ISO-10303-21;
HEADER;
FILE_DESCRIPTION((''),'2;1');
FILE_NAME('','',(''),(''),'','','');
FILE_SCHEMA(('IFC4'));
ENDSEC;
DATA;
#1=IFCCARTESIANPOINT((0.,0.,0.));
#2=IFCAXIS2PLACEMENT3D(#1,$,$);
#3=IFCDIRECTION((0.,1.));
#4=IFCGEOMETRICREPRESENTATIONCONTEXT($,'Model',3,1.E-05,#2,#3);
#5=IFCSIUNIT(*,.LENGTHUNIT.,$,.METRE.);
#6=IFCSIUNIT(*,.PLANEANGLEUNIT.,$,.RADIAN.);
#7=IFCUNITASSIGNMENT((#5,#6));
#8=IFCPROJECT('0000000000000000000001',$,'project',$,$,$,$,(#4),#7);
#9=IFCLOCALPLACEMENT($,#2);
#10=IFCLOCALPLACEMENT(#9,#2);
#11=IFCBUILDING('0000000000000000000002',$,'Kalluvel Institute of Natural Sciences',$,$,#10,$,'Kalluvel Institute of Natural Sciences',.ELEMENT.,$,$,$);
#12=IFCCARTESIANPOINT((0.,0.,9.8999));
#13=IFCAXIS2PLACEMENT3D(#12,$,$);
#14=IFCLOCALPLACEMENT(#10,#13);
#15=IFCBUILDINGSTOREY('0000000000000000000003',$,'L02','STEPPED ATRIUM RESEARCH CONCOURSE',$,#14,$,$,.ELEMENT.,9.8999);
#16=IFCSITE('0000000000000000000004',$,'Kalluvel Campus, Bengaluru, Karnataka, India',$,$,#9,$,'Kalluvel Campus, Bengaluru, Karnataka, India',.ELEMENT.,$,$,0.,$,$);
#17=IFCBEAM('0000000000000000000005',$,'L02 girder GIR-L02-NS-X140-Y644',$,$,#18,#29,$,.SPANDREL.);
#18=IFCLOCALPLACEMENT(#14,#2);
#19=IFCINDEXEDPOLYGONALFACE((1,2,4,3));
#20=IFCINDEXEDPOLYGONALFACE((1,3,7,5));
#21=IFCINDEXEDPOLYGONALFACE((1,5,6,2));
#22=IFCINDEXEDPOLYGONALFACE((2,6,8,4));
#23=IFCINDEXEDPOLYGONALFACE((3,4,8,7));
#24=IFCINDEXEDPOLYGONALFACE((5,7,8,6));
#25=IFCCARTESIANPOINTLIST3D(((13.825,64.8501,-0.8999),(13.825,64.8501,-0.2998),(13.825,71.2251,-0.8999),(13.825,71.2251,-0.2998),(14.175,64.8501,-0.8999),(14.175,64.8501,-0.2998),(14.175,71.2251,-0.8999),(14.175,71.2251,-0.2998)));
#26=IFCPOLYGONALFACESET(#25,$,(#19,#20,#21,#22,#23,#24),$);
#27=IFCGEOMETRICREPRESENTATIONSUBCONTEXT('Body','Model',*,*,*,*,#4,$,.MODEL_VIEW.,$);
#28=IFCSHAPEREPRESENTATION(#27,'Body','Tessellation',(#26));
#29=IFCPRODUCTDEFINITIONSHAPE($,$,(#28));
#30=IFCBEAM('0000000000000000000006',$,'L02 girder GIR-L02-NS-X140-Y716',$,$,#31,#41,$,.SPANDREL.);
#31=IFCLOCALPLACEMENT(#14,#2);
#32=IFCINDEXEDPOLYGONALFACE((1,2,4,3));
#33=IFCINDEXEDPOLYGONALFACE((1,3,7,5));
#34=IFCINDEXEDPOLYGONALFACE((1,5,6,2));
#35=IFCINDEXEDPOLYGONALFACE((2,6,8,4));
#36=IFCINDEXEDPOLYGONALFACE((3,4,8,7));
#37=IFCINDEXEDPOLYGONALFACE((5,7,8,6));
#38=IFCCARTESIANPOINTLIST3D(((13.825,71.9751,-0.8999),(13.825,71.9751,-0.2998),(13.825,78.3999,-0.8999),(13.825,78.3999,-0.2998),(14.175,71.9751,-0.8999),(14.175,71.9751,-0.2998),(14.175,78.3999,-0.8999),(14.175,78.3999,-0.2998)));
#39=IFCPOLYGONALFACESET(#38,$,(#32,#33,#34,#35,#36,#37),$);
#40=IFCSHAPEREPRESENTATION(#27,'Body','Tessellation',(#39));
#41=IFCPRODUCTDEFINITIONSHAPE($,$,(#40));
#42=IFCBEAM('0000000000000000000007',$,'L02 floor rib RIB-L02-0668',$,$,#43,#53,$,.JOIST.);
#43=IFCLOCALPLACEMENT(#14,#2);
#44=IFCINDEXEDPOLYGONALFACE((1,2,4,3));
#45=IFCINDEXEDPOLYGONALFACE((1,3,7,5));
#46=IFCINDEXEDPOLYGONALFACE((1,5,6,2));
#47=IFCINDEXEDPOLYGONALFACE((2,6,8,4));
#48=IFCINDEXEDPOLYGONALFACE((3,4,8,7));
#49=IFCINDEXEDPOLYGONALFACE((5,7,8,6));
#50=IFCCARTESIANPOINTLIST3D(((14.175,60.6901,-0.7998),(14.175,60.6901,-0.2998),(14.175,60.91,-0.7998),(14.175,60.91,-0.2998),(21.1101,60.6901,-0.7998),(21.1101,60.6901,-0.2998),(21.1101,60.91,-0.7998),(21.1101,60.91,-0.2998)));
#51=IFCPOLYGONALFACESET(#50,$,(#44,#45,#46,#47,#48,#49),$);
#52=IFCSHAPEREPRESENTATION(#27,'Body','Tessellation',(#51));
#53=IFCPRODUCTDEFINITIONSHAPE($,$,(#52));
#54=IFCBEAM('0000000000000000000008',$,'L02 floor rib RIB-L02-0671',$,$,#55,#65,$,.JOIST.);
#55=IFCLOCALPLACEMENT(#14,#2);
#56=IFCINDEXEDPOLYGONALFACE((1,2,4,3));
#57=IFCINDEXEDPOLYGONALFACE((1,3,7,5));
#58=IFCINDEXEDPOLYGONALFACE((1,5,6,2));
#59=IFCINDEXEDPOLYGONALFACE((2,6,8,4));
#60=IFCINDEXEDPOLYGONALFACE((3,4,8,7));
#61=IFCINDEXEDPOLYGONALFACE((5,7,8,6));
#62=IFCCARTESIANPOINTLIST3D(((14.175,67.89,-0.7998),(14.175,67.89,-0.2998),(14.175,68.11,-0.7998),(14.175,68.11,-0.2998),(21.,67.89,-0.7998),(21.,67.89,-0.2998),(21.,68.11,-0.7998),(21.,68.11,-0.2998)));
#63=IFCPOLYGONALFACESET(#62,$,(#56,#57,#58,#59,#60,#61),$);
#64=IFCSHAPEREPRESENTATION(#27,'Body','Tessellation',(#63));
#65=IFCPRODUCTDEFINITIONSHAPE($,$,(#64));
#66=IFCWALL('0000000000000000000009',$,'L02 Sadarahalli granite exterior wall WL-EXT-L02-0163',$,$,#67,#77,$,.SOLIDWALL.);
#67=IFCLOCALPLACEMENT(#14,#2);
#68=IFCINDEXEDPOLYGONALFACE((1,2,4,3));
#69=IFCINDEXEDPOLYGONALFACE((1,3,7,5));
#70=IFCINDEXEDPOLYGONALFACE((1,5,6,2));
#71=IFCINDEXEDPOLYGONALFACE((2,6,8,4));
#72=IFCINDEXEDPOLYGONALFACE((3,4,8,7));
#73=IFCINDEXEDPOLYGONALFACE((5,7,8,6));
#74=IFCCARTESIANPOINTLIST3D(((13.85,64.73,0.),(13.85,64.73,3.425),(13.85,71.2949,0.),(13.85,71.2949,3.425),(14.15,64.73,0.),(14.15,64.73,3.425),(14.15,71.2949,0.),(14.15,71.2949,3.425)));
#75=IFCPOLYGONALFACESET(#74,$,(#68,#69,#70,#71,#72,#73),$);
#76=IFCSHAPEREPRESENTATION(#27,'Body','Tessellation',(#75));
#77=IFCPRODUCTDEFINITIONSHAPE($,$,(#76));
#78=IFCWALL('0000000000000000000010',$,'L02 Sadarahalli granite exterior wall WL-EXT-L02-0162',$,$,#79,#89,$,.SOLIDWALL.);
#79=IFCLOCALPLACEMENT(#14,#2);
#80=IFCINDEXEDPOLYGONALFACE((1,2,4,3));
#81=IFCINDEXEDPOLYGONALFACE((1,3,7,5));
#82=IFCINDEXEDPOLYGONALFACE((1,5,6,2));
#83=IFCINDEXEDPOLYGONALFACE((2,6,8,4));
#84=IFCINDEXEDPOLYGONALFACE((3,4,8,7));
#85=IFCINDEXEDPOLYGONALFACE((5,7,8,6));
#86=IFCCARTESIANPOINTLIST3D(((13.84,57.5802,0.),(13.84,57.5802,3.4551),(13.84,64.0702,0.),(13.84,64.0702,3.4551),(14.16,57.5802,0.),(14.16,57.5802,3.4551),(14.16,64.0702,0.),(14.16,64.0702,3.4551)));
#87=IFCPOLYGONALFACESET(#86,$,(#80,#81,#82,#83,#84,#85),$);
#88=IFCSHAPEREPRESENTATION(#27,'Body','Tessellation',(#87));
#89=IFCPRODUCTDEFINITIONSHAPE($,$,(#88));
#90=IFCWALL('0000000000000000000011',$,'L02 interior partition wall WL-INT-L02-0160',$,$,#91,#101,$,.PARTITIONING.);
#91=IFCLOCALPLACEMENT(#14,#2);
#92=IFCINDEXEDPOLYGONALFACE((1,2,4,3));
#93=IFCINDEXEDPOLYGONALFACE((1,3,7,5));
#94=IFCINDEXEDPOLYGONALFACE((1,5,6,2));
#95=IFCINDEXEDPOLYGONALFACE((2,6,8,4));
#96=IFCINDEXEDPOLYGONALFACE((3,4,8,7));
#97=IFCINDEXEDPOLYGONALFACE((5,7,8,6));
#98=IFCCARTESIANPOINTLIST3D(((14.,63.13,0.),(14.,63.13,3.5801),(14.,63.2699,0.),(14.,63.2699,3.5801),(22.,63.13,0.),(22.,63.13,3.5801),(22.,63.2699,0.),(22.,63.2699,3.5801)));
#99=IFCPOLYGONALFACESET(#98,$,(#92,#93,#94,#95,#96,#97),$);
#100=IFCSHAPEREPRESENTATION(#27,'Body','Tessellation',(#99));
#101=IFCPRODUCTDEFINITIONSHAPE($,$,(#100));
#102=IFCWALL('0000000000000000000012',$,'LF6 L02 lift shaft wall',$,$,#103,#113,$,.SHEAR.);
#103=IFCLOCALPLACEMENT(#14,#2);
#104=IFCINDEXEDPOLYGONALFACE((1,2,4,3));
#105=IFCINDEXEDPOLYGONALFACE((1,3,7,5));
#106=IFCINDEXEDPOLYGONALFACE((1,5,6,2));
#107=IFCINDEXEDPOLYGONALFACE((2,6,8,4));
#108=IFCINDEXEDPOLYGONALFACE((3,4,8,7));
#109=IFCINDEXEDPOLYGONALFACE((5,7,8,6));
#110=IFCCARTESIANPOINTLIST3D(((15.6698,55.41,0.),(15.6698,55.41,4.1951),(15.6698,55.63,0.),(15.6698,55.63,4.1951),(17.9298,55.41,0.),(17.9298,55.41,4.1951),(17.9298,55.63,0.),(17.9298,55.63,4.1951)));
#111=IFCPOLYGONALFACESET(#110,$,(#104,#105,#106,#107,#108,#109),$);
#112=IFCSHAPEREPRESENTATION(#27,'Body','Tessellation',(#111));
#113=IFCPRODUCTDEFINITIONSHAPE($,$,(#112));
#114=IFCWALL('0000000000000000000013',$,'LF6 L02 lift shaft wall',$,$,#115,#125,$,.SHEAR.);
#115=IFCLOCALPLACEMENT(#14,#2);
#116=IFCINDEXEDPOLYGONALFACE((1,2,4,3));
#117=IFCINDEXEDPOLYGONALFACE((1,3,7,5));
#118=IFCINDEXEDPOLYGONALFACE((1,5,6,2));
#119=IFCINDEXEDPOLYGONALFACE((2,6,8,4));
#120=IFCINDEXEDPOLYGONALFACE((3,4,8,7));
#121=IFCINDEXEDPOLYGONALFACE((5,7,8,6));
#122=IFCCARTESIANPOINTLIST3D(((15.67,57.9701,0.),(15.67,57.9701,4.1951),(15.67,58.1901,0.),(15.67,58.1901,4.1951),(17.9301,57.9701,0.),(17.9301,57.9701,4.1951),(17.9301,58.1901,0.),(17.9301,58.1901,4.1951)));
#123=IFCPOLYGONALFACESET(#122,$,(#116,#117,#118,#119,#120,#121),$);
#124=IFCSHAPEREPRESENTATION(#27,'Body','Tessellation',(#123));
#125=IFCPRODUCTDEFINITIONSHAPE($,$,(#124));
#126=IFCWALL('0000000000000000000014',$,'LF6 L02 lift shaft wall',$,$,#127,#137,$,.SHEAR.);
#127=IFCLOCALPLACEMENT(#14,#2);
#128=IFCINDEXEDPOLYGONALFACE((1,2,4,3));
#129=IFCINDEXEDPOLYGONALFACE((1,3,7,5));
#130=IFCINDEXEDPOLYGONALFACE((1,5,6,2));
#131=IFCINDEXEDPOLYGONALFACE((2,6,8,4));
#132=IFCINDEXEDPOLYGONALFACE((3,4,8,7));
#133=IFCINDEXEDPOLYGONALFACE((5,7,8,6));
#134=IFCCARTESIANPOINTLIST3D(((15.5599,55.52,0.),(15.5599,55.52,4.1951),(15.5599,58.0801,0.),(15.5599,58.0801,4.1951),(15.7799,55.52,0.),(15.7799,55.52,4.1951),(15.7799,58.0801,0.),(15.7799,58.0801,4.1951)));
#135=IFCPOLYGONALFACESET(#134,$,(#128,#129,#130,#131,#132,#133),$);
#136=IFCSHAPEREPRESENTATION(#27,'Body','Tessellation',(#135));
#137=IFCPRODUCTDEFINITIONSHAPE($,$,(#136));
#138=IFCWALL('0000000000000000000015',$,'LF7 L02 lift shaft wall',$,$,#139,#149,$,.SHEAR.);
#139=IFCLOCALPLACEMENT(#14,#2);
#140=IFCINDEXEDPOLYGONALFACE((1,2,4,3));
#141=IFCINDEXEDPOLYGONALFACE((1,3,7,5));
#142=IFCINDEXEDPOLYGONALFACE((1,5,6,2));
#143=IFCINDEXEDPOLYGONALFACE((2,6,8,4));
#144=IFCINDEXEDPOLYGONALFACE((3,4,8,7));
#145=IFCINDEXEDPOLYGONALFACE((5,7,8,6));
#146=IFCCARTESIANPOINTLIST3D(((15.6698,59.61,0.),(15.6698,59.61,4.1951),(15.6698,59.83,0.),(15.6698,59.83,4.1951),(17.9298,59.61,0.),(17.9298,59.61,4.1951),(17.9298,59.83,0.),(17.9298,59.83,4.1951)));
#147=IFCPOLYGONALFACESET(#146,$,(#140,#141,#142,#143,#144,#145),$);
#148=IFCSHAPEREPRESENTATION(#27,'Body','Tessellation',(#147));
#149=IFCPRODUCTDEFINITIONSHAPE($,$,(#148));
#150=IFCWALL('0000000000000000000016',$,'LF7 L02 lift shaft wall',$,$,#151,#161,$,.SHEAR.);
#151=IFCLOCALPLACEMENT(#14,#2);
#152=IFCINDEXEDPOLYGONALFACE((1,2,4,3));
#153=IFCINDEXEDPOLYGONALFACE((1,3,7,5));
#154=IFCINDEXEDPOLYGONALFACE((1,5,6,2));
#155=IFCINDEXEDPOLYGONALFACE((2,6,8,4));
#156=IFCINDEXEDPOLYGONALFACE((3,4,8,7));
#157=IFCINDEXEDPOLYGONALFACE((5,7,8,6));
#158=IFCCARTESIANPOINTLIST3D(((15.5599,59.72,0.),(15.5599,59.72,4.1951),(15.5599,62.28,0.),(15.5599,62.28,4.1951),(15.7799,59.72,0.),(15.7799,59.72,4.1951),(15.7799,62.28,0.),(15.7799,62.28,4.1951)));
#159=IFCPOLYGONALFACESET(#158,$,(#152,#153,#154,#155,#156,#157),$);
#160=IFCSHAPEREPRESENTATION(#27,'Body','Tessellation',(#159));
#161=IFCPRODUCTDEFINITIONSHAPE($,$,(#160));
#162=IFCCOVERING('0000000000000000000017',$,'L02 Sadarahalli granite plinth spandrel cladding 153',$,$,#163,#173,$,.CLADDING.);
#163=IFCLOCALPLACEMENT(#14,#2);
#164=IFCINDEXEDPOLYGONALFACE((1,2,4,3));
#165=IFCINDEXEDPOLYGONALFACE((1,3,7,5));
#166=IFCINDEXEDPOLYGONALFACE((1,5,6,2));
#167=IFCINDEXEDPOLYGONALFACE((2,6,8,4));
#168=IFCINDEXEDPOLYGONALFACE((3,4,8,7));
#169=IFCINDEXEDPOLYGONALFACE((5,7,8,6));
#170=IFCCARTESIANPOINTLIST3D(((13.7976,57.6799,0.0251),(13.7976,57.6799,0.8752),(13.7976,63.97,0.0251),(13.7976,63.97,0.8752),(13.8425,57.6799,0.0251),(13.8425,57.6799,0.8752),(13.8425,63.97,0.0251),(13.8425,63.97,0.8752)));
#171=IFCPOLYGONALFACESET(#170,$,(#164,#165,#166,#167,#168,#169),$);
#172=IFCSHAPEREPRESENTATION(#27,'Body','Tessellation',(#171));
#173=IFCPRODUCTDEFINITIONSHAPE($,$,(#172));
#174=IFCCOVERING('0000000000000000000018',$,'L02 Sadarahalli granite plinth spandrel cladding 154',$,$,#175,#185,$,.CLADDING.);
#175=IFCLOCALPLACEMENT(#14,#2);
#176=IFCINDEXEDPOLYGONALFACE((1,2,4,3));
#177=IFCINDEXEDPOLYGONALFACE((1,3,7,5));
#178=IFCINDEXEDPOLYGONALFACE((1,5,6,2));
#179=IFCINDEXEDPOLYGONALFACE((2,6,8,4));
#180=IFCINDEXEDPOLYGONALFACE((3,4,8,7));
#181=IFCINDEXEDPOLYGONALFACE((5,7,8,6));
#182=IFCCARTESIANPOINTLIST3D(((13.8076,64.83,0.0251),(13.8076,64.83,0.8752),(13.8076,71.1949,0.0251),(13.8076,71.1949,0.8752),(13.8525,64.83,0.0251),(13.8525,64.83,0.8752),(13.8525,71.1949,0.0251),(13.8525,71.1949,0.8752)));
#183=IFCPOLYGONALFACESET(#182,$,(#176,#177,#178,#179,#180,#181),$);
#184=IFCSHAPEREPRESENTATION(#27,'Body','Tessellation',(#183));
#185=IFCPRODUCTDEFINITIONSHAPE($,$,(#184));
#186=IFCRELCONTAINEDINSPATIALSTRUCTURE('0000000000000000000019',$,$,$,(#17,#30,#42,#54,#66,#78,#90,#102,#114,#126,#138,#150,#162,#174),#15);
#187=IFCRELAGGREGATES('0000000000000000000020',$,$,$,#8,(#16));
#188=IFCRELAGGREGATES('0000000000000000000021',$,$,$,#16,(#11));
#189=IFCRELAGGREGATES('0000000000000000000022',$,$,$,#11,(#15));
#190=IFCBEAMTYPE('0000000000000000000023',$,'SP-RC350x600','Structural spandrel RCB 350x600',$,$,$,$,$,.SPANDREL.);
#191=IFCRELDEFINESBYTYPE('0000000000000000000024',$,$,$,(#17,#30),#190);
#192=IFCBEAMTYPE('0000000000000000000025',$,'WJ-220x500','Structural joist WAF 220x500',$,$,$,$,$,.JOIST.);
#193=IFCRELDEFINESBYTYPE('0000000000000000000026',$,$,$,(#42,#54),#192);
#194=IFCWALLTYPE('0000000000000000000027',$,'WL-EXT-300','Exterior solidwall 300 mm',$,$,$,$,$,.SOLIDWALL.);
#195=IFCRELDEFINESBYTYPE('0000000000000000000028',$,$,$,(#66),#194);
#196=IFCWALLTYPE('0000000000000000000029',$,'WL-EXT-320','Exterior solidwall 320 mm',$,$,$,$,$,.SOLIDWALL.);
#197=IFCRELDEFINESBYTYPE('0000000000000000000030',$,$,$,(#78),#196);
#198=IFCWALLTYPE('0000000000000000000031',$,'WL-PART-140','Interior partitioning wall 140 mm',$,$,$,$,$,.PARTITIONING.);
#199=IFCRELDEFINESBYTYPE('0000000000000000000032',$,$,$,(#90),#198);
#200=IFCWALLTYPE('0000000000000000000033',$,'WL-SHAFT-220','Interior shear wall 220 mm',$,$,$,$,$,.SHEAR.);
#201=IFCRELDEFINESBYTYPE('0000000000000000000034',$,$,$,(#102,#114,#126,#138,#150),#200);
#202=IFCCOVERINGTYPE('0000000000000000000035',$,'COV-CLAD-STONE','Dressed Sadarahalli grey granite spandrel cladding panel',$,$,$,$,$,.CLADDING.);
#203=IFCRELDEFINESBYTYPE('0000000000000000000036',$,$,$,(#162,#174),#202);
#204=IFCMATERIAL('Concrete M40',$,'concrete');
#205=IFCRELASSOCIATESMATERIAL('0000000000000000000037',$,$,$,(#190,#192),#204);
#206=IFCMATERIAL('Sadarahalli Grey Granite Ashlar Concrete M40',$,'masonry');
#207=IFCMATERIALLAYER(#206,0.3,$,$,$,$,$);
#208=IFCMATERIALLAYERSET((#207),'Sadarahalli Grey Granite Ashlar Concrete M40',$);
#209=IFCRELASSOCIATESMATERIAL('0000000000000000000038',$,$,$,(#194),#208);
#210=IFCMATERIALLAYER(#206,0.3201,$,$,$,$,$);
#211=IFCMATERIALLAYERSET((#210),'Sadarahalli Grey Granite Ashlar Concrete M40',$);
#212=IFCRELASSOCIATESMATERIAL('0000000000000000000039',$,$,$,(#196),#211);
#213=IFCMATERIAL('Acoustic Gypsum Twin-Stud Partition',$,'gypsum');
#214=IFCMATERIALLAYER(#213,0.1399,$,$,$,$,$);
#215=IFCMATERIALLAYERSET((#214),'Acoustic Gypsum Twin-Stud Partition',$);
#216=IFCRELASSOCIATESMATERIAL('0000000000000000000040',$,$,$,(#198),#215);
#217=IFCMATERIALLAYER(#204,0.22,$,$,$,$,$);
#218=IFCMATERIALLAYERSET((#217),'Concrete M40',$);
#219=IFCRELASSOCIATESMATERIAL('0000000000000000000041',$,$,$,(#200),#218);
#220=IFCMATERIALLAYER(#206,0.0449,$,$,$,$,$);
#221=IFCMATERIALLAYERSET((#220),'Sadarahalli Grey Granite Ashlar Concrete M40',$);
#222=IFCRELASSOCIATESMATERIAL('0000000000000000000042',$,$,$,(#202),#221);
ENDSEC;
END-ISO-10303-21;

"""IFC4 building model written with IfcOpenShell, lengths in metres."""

from ifc_helpers import new_model, si_unit, direction, frame, frame_2d, origin, origin_2d, place, context, subcontext, project, spatial, rectangle, extrude, material, layer, layer_set, material_profile, profile_set, type_object, element, save


model = new_model("IFC4")

# Units and contexts
model_context = context("Model", 3, precision=1e-05, world=origin(), true_north=direction((0.0, 1.0)))
body_context = subcontext(model_context, "Body", "Model", "MODEL_VIEW")
ifc_project = project(units=[si_unit("LENGTHUNIT", "METRE"), si_unit("PLANEANGLEUNIT", "RADIAN")], contexts=[model_context])

# Site, building, storey
site_placement = place(None, origin())
site = spatial("IfcSite", under=ifc_project, at=site_placement, Name="Kalluvel Campus, Bengaluru, Karnataka, India", LongName="Kalluvel Campus, Bengaluru, Karnataka, India", CompositionType="ELEMENT", RefElevation=0.0)
building_placement = place(site_placement, origin())
building = spatial("IfcBuilding", under=site, at=building_placement, Name="Kalluvel Institute of Natural Sciences", LongName="Kalluvel Institute of Natural Sciences", CompositionType="ELEMENT")
storey_placement = place(building_placement, frame((0.0, 0.0, 9.8999)))
storey = spatial("IfcBuildingStorey", under=building, at=storey_placement, Name="L02", Description="STEPPED ATRIUM RESEARCH CONCOURSE", CompositionType="ELEMENT", Elevation=9.8999)

# Shared definitions
ifc_material_1 = material(Name="Concrete M40", Category="concrete")

# Beams
ifc_material_profile_1 = material_profile(ifc_material_1, rectangle(XDim=0.3501, YDim=0.6001, at=origin_2d()), Name="RCB 350x600")
ifc_profile_set_1 = profile_set([ifc_material_profile_1], Name="Concrete M40")
beam_type_1 = type_object("IfcBeamType", Name="SP-RC350x600", Description="Structural spandrel RCB 350x600", PredefinedType="SPANDREL", material=ifc_profile_set_1)
beam_1_placement = place(storey_placement, frame((14.0, 64.8501, -0.5999), z_axis=(0.0, 1.0, 0.0), x_axis=(-1.0, 0.0, 0.0)))
element("IfcBeam", 1, at=beam_1_placement, inside=storey, type_object=beam_type_1, Name="L02 girder GIR-L02-NS-X140-Y644", PredefinedType="SPANDREL", context=body_context, shape_type="SweptSolid", body=[
    extrude(rectangle(XDim=0.3501, YDim=0.6001, at=origin_2d()), origin(), (0.0, 0.0, 1.0), 6.375),
])
beam_2_placement = place(storey_placement, frame((14.0, 71.9751, -0.5999), z_axis=(0.0, 1.0, 0.0), x_axis=(-1.0, 0.0, 0.0)))
element("IfcBeam", 2, at=beam_2_placement, inside=storey, type_object=beam_type_1, Name="L02 girder GIR-L02-NS-X140-Y716", PredefinedType="SPANDREL", context=body_context, shape_type="SweptSolid", body=[
    extrude(rectangle(XDim=0.3501, YDim=0.6001, at=origin_2d()), origin(), (0.0, 0.0, 1.0), 6.4248),
])
ifc_material_profile_2 = material_profile(ifc_material_1, rectangle(XDim=0.22, YDim=0.5, at=origin_2d()), Name="WAF 220x500")
ifc_profile_set_2 = profile_set([ifc_material_profile_2], Name="Concrete M40")
beam_type_2 = type_object("IfcBeamType", Name="WJ-220x500", Description="Structural joist WAF 220x500", PredefinedType="JOIST", material=ifc_profile_set_2)
beam_3_placement = place(storey_placement, frame((14.175, 60.8, -0.5498), z_axis=(1.0, 0.0, 0.0), x_axis=(0.0, 1.0, 0.0)))
element("IfcBeam", 3, at=beam_3_placement, inside=storey, type_object=beam_type_2, Name="L02 floor rib RIB-L02-0668", PredefinedType="JOIST", context=body_context, shape_type="SweptSolid", body=[
    extrude(rectangle(XDim=0.22, YDim=0.5, at=origin_2d()), origin(), (0.0, 0.0, 1.0), 6.9351),
])
beam_4_placement = place(storey_placement, frame((14.175, 68.0, -0.5498), z_axis=(1.0, 0.0, 0.0), x_axis=(0.0, 1.0, 0.0)))
element("IfcBeam", 4, at=beam_4_placement, inside=storey, type_object=beam_type_2, Name="L02 floor rib RIB-L02-0671", PredefinedType="JOIST", context=body_context, shape_type="SweptSolid", body=[
    extrude(rectangle(XDim=0.22, YDim=0.5, at=origin_2d()), origin(), (0.0, 0.0, 1.0), 6.825),
])

# Walls
ifc_material_2 = material(Name="Sadarahalli Grey Granite Ashlar Concrete M40", Category="masonry")
ifc_layer_1 = layer(ifc_material_2, 0.3)
ifc_layer_set_1 = layer_set([ifc_layer_1], Name="Sadarahalli Grey Granite Ashlar Concrete M40")
wall_type_1 = type_object("IfcWallType", Name="WL-EXT-300", Description="Exterior solidwall 300 mm", PredefinedType="SOLIDWALL", material=ifc_layer_set_1)
wall_1_placement = place(storey_placement, frame((14.0, 64.73, 0.0), z_axis=(0.0, 0.0, 1.0), x_axis=(0.0, 1.0, 0.0)))
element("IfcWall", 5, at=wall_1_placement, inside=storey, type_object=wall_type_1, Name="L02 Sadarahalli granite exterior wall WL-EXT-L02-0163", PredefinedType="SOLIDWALL", context=body_context, shape_type="SweptSolid", body=[
    extrude(rectangle(XDim=6.5649, YDim=0.3, at=frame_2d((3.2825, 0.0))), origin(), (0.0, 0.0, 1.0), 3.425),
])
ifc_layer_2 = layer(ifc_material_2, 0.3201)
ifc_layer_set_2 = layer_set([ifc_layer_2], Name="Sadarahalli Grey Granite Ashlar Concrete M40")
wall_type_2 = type_object("IfcWallType", Name="WL-EXT-320", Description="Exterior solidwall 320 mm", PredefinedType="SOLIDWALL", material=ifc_layer_set_2)
wall_2_placement = place(storey_placement, frame((14.0, 57.5801, 0.0), z_axis=(0.0, 0.0, 1.0), x_axis=(0.0, 1.0, 0.0)))
element("IfcWall", 6, at=wall_2_placement, inside=storey, type_object=wall_type_2, Name="L02 Sadarahalli granite exterior wall WL-EXT-L02-0162", PredefinedType="SOLIDWALL", context=body_context, shape_type="SweptSolid", body=[
    extrude(rectangle(XDim=6.49, YDim=0.3201, at=frame_2d((3.2451, 0.0))), origin(), (0.0, 0.0, 1.0), 3.4551),
])
ifc_material_3 = material(Name="Acoustic Gypsum Twin-Stud Partition", Category="gypsum")
ifc_layer_3 = layer(ifc_material_3, 0.1399)
ifc_layer_set_3 = layer_set([ifc_layer_3], Name="Acoustic Gypsum Twin-Stud Partition")
wall_type_3 = type_object("IfcWallType", Name="WL-PART-140", Description="Interior partitioning wall 140 mm", PredefinedType="PARTITIONING", material=ifc_layer_set_3)
wall_3_placement = place(storey_placement, frame((14.0, 63.2, 0.0), z_axis=(0.0, 0.0, 1.0), x_axis=(1.0, 0.0, 0.0)))
element("IfcWall", 7, at=wall_3_placement, inside=storey, type_object=wall_type_3, Name="L02 interior partition wall WL-INT-L02-0160", PredefinedType="PARTITIONING", context=body_context, shape_type="SweptSolid", body=[
    extrude(rectangle(XDim=8.0, YDim=0.1399, at=frame_2d((4.0, 0.0))), origin(), (0.0, 0.0, 1.0), 3.5801),
])
ifc_layer_4 = layer(ifc_material_1, 0.22)
ifc_layer_set_4 = layer_set([ifc_layer_4], Name="Concrete M40")
wall_type_4 = type_object("IfcWallType", Name="WL-SHAFT-220", Description="Interior shear wall 220 mm", PredefinedType="SHEAR", material=ifc_layer_set_4)
wall_4_placement = place(storey_placement, frame((15.6699, 55.52, 0.0), z_axis=(0.0, 0.0, 1.0), x_axis=(1.0, 0.0, 0.0)))
element("IfcWall", 8, at=wall_4_placement, inside=storey, type_object=wall_type_4, Name="LF6 L02 lift shaft wall", PredefinedType="SHEAR", context=body_context, shape_type="SweptSolid", body=[
    extrude(rectangle(XDim=2.26, YDim=0.22, at=frame_2d((1.1299, 0.0))), origin(), (0.0, 0.0, 1.0), 4.1951),
])

# Walls
wall_5_placement = place(storey_placement, frame((17.9299, 58.0801, 0.0), z_axis=(0.0, 0.0, 1.0), x_axis=(-1.0, 0.0, 0.0)))
element("IfcWall", 9, at=wall_5_placement, inside=storey, type_object=wall_type_4, Name="LF6 L02 lift shaft wall", PredefinedType="SHEAR", context=body_context, shape_type="SweptSolid", body=[
    extrude(rectangle(XDim=2.26, YDim=0.22, at=frame_2d((1.1299, 0.0))), origin(), (0.0, 0.0, 1.0), 4.1951),
])
wall_6_placement = place(storey_placement, frame((15.6699, 58.0801, 0.0), z_axis=(0.0, 0.0, 1.0), x_axis=(0.0, -1.0, 0.0)))
element("IfcWall", 10, at=wall_6_placement, inside=storey, type_object=wall_type_4, Name="LF6 L02 lift shaft wall", PredefinedType="SHEAR", context=body_context, shape_type="SweptSolid", body=[
    extrude(rectangle(XDim=2.5601, YDim=0.22, at=frame_2d((1.28, 0.0))), origin(), (0.0, 0.0, 1.0), 4.1951),
])
wall_7_placement = place(storey_placement, frame((15.6699, 59.72, 0.0), z_axis=(0.0, 0.0, 1.0), x_axis=(1.0, 0.0, 0.0)))
element("IfcWall", 11, at=wall_7_placement, inside=storey, type_object=wall_type_4, Name="LF7 L02 lift shaft wall", PredefinedType="SHEAR", context=body_context, shape_type="SweptSolid", body=[
    extrude(rectangle(XDim=2.26, YDim=0.22, at=frame_2d((1.1299, 0.0))), origin(), (0.0, 0.0, 1.0), 4.1951),
])
wall_8_placement = place(storey_placement, frame((15.6699, 62.28, 0.0), z_axis=(0.0, 0.0, 1.0), x_axis=(0.0, -1.0, 0.0)))
element("IfcWall", 12, at=wall_8_placement, inside=storey, type_object=wall_type_4, Name="LF7 L02 lift shaft wall", PredefinedType="SHEAR", context=body_context, shape_type="SweptSolid", body=[
    extrude(rectangle(XDim=2.5601, YDim=0.22, at=frame_2d((1.28, 0.0))), origin(), (0.0, 0.0, 1.0), 4.1951),
])

# Coverings
ifc_layer_5 = layer(ifc_material_2, 0.0449)
ifc_layer_set_5 = layer_set([ifc_layer_5], Name="Sadarahalli Grey Granite Ashlar Concrete M40")
covering_type = type_object("IfcCoveringType", Name="COV-CLAD-STONE", Description="Dressed Sadarahalli grey granite spandrel cladding panel", PredefinedType="CLADDING", material=ifc_layer_set_5)
covering_1_placement = place(storey_placement, frame((13.8201, 60.825, 0.0251), z_axis=(0.0, 0.0, 1.0), x_axis=(0.0, 1.0, 0.0)))
element("IfcCovering", 13, at=covering_1_placement, inside=storey, type_object=covering_type, Name="L02 Sadarahalli granite plinth spandrel cladding 153", PredefinedType="CLADDING", context=body_context, shape_type="SweptSolid", body=[
    extrude(rectangle(XDim=6.29, YDim=0.0449, at=origin_2d()), origin(), (0.0, 0.0, 1.0), 0.8501),
])
covering_2_placement = place(storey_placement, frame((13.8301, 68.0125, 0.0251), z_axis=(0.0, 0.0, 1.0), x_axis=(0.0, 1.0, 0.0)))
element("IfcCovering", 14, at=covering_2_placement, inside=storey, type_object=covering_type, Name="L02 Sadarahalli granite plinth spandrel cladding 154", PredefinedType="CLADDING", context=body_context, shape_type="SweptSolid", body=[
    extrude(rectangle(XDim=6.365, YDim=0.0449, at=origin_2d()), origin(), (0.0, 0.0, 1.0), 0.8501),
])

save(model, "model.ifc")
